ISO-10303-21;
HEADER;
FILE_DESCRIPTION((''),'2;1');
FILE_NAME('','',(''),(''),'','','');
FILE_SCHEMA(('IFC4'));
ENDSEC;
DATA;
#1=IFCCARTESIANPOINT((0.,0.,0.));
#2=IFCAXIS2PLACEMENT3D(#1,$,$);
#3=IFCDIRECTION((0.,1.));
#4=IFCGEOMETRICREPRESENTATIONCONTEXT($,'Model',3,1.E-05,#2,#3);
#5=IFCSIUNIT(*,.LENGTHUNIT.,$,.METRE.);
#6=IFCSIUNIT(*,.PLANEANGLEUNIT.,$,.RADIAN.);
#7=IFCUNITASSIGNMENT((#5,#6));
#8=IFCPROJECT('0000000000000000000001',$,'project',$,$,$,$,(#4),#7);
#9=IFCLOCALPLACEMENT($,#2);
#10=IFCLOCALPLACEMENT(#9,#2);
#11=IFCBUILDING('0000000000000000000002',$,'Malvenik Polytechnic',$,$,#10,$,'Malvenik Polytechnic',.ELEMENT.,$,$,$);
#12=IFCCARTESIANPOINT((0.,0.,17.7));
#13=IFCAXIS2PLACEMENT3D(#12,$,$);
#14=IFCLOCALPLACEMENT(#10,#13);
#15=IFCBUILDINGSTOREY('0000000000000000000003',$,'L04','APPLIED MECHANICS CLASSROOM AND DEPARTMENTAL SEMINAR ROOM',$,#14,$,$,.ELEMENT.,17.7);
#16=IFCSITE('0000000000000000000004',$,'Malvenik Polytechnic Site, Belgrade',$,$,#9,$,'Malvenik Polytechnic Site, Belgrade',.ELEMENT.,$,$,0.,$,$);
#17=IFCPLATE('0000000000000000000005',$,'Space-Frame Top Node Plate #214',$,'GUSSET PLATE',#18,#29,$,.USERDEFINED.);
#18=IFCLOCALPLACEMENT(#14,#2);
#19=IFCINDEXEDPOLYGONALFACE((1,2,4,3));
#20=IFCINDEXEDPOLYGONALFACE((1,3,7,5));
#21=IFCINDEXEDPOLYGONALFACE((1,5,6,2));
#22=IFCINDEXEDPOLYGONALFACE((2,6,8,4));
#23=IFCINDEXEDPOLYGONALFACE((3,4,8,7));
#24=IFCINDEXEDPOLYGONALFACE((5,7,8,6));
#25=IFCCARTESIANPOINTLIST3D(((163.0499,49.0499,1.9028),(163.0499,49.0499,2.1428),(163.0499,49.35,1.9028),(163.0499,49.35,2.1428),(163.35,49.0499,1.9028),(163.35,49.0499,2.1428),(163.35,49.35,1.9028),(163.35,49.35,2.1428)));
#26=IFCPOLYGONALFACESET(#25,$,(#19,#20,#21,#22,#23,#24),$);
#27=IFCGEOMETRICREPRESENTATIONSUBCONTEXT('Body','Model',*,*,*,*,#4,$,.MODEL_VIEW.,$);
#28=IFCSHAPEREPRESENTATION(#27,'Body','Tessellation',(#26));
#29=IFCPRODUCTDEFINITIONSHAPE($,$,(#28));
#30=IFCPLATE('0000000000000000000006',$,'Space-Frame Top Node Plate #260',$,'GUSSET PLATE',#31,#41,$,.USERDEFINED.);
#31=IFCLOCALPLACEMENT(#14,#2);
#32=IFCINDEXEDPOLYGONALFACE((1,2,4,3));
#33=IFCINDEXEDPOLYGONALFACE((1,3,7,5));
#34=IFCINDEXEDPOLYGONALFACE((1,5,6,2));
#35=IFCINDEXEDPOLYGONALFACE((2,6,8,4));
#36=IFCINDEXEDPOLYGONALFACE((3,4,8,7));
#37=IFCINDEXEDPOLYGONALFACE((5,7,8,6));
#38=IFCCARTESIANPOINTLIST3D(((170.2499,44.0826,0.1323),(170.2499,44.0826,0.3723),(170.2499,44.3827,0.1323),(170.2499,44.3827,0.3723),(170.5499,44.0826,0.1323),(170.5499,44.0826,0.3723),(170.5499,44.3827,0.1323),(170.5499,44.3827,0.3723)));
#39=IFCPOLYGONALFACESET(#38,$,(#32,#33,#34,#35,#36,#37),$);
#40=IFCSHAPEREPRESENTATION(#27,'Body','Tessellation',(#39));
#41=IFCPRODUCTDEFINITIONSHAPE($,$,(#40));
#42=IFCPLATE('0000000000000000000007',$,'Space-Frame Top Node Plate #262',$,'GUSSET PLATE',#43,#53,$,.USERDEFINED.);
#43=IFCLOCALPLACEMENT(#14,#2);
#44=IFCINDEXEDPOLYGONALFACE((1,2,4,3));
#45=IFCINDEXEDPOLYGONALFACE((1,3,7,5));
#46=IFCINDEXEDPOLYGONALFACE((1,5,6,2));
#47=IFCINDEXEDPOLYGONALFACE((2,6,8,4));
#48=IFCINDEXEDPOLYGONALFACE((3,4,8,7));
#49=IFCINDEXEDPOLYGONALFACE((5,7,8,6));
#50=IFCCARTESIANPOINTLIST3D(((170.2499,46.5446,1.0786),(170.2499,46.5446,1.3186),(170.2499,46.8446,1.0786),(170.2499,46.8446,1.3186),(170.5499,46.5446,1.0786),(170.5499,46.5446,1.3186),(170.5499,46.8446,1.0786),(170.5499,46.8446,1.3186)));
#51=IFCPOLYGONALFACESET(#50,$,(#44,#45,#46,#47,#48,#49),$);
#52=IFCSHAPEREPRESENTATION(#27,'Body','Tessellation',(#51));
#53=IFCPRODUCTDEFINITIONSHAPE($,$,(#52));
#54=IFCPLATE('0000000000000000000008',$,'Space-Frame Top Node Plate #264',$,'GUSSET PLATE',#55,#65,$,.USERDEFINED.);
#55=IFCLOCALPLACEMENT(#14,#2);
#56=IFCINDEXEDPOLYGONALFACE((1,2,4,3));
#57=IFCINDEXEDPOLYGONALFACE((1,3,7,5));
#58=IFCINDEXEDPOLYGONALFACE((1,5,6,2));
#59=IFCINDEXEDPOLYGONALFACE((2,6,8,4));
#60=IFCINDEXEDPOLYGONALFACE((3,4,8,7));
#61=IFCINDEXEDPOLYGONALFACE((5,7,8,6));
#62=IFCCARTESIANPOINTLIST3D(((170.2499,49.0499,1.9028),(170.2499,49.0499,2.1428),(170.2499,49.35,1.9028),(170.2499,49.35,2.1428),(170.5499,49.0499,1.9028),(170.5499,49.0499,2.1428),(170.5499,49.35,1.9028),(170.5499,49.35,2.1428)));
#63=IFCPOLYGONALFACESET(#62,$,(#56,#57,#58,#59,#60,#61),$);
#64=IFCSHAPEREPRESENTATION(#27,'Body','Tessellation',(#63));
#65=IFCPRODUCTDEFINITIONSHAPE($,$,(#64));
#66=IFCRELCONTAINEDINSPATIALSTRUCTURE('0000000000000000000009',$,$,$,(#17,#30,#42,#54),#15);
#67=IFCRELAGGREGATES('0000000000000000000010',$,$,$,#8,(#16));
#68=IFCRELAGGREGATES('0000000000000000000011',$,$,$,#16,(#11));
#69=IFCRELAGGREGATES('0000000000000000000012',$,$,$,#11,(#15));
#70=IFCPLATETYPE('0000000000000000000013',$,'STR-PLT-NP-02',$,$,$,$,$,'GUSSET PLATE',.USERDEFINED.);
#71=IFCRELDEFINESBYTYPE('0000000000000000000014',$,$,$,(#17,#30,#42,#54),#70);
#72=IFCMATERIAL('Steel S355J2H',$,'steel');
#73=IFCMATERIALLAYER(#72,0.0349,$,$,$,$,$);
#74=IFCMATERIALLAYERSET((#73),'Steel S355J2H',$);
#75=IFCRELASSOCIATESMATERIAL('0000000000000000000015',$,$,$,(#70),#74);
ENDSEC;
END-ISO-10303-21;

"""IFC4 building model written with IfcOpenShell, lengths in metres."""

from ifc_helpers import new_model, si_unit, direction, frame, origin, origin_2d, place, context, subcontext, project, spatial, rectangle, extrude, material, layer, layer_set, type_object, element, save


model = new_model("IFC4")

# Units and contexts
model_context = context("Model", 3, precision=1e-05, world=origin(), true_north=direction((0.0, 1.0)))
body_context = subcontext(model_context, "Body", "Model", "MODEL_VIEW")
ifc_project = project(units=[si_unit("LENGTHUNIT", "METRE"), si_unit("PLANEANGLEUNIT", "RADIAN")], contexts=[model_context])

# Site, building, storey
site_placement = place(None, origin())
site = spatial("IfcSite", under=ifc_project, at=site_placement, Name="Malvenik Polytechnic Site, Belgrade", LongName="Malvenik Polytechnic Site, Belgrade", CompositionType="ELEMENT", RefElevation=0.0)
building_placement = place(site_placement, origin())
building = spatial("IfcBuilding", under=site, at=building_placement, Name="Malvenik Polytechnic", LongName="Malvenik Polytechnic", CompositionType="ELEMENT")
storey_placement = place(building_placement, frame((0.0, 0.0, 17.7)))
storey = spatial("IfcBuildingStorey", under=building, at=storey_placement, Name="L04", Description="APPLIED MECHANICS CLASSROOM AND DEPARTMENTAL SEMINAR ROOM", CompositionType="ELEMENT", Elevation=17.7)

# Shared definitions
ifc_material = material(Name="Steel S355J2H", Category="steel")

# Plates
ifc_layer_1 = layer(ifc_material, 0.0349)
ifc_layer_set_1 = layer_set([ifc_layer_1], Name="Steel S355J2H")
plate_type_1 = type_object("IfcPlateType", Name="STR-PLT-NP-02", ElementType="GUSSET PLATE", PredefinedType="USERDEFINED", material=ifc_layer_set_1)
for number, where, z_axis, x_axis, name in (
    (1, (163.2, 49.2, 1.9028), (0.0, 0.0, 1.0), (1.0, 0.0, 0.0), "Space-Frame Top Node Plate #214"),
    (2, (170.3999, 44.2327, 0.1323), (0.0, 0.0, 1.0), (1.0, 0.0, 0.0), "Space-Frame Top Node Plate #260"),
    (3, (170.3999, 46.6946, 1.0786), (0.0, 0.0, 1.0), (1.0, 0.0, 0.0), "Space-Frame Top Node Plate #262"),
    (4, (170.3999, 49.2, 1.9028), (0.0, 0.0, 1.0), (1.0, 0.0, 0.0), "Space-Frame Top Node Plate #264"),
):
    element("IfcPlate", number, at=place(storey_placement, frame(where, z_axis=z_axis, x_axis=x_axis)), inside=storey, type_object=plate_type_1, Name=name, ObjectType="GUSSET PLATE", PredefinedType="USERDEFINED", context=body_context, shape_type="SweptSolid", body=[
        extrude(rectangle(XDim=0.3, YDim=0.3, at=origin_2d()), origin(), (0.0, 0.0, 1.0), 0.24),
    ])

save(model, "model.ifc")
